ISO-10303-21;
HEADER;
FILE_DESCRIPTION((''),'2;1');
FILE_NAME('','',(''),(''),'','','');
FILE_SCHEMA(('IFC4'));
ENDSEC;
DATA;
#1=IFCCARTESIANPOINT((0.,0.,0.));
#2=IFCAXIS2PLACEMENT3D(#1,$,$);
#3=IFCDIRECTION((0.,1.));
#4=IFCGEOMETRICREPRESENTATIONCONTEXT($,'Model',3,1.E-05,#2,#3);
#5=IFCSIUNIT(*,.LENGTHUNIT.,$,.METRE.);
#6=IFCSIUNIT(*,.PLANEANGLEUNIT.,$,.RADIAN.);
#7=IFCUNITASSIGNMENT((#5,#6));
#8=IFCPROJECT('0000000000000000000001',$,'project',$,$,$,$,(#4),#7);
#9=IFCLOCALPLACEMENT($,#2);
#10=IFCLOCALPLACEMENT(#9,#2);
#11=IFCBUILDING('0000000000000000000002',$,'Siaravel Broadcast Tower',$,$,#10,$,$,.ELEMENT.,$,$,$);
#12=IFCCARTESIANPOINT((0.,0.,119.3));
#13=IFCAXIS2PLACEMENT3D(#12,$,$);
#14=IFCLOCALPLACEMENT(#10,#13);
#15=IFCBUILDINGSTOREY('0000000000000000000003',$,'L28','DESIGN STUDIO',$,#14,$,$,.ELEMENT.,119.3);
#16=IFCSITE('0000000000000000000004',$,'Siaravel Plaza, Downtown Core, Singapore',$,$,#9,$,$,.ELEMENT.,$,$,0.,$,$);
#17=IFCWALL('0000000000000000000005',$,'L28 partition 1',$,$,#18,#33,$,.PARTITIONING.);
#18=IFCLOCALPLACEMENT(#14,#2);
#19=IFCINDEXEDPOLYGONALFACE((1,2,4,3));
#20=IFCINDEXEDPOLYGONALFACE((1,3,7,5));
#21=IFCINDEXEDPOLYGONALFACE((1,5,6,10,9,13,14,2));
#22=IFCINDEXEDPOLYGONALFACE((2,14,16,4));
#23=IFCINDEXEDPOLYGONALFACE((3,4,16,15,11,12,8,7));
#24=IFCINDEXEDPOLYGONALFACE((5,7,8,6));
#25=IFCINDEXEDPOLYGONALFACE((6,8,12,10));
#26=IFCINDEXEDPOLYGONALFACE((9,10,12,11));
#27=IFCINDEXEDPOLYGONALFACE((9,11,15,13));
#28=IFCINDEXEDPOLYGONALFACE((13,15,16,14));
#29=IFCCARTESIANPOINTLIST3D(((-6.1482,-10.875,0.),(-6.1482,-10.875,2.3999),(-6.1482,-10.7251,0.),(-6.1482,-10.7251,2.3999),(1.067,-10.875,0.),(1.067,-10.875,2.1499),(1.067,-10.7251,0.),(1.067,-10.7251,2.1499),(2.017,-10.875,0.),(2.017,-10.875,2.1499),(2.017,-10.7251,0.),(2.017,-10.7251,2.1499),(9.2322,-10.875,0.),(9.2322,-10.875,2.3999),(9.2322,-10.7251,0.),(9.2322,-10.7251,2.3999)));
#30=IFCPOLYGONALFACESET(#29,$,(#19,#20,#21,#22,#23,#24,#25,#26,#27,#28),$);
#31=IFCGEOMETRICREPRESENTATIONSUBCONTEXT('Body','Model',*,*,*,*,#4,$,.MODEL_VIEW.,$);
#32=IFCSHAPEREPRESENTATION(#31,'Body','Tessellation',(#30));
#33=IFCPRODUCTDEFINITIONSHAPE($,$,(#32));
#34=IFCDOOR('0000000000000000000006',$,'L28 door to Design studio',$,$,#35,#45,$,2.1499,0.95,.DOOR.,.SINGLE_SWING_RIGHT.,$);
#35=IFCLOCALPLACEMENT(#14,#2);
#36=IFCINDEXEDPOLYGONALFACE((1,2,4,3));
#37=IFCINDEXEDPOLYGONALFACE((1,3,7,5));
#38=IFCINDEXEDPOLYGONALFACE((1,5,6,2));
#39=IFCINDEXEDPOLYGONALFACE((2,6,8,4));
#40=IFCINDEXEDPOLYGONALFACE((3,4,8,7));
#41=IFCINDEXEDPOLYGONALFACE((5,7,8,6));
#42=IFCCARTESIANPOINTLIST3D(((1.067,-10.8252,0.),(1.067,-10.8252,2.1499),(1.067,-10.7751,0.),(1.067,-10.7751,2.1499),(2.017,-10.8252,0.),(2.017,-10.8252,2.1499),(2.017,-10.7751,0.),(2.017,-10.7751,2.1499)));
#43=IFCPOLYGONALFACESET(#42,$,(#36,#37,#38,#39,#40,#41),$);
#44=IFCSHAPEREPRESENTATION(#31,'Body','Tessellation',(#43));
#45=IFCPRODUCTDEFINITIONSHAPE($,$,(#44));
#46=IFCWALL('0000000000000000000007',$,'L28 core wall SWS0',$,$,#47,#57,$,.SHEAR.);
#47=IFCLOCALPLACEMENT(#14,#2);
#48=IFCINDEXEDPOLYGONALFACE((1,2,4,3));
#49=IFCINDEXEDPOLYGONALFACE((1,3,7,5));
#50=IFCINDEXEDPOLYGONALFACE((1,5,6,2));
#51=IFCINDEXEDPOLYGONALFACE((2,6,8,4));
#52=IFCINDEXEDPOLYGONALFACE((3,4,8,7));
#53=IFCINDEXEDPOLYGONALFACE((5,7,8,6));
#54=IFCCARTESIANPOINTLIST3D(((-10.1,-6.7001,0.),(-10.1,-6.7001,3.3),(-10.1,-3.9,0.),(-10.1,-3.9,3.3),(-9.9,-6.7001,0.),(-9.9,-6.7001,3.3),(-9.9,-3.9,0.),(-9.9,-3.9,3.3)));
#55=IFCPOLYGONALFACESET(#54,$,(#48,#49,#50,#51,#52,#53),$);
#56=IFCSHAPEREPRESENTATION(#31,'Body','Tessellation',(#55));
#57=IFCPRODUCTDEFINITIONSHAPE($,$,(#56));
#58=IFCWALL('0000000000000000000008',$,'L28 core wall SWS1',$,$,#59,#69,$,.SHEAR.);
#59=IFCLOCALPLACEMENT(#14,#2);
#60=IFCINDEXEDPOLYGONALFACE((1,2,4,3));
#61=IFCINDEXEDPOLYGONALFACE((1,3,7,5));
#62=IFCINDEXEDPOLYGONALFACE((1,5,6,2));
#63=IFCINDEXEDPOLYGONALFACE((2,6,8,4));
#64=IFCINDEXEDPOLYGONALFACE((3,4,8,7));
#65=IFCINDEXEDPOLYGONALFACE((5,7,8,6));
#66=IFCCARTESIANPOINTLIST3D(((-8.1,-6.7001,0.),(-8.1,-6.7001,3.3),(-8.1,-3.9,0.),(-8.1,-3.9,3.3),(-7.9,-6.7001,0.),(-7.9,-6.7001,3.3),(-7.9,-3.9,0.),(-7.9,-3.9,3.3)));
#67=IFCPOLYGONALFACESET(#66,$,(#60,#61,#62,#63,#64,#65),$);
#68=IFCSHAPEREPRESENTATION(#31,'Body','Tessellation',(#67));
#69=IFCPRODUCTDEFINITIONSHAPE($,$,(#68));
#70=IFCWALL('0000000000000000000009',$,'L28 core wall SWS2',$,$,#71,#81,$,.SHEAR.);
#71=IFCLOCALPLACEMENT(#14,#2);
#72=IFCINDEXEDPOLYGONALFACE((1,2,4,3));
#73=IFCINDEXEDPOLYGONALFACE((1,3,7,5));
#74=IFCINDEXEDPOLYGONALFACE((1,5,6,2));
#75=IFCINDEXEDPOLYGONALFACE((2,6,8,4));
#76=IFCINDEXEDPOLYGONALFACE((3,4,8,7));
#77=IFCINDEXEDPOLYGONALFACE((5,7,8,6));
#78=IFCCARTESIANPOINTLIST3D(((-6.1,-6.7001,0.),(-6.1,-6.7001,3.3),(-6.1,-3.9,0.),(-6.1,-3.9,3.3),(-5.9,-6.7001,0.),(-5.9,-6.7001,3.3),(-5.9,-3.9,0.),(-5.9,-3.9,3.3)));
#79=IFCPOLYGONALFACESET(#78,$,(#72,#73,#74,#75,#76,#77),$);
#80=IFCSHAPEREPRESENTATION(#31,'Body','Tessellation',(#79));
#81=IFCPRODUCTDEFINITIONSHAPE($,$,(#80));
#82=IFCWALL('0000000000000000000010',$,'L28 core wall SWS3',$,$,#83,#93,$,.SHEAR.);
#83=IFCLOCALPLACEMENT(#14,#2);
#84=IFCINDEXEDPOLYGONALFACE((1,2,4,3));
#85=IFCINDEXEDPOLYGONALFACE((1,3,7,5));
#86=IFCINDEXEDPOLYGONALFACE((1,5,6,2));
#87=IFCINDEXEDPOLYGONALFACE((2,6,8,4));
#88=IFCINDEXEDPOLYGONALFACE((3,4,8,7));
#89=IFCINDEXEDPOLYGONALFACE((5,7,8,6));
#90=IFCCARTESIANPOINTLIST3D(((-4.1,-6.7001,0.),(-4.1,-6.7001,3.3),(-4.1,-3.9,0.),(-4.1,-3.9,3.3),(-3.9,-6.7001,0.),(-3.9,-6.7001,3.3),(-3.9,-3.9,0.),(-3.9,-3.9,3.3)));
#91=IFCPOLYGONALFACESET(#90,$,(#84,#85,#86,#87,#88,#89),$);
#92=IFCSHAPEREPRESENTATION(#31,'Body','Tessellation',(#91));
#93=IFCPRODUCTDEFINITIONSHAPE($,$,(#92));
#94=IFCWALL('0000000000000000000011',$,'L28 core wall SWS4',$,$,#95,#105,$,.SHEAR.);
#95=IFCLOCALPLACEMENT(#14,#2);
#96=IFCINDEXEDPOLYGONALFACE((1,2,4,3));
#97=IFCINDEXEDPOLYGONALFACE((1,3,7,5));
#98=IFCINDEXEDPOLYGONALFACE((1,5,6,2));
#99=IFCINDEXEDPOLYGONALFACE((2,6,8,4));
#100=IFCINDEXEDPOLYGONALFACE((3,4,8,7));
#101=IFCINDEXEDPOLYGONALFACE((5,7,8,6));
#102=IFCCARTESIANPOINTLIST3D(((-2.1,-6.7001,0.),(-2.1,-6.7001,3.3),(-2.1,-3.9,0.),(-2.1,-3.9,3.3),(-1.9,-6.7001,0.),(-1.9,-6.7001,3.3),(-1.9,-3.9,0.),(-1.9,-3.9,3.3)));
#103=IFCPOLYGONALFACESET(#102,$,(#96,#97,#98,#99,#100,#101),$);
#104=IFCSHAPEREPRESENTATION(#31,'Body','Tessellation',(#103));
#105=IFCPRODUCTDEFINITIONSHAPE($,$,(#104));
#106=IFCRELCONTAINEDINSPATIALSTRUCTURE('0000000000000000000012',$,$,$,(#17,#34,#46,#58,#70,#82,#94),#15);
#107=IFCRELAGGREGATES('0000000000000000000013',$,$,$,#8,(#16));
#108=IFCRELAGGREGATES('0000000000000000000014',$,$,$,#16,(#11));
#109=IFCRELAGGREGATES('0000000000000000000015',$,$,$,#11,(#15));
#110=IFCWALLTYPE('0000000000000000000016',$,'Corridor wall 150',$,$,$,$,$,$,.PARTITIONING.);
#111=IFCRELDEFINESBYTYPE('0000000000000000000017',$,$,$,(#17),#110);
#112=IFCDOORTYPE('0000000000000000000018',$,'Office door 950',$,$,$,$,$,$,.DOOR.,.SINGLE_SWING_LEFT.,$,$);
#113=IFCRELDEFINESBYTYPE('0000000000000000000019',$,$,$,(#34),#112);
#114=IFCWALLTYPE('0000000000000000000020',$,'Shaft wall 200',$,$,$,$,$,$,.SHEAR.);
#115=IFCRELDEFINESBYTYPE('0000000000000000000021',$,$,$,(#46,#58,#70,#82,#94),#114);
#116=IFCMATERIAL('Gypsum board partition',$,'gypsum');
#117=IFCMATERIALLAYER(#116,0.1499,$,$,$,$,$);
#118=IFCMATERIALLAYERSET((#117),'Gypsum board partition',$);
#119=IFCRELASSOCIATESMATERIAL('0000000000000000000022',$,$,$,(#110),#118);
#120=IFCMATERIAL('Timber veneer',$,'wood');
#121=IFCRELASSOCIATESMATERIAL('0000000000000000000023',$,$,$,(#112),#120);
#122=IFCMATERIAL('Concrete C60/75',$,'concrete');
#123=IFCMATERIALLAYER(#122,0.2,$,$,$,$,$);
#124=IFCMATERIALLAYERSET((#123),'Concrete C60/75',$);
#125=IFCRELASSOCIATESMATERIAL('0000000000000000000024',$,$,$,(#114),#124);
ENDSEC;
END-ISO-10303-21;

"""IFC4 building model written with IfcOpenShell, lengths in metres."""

from ifc_helpers import new_model, si_unit, direction, frame, frame_2d, origin, place, context, subcontext, project, spatial, rectangle, extrude, material, layer, layer_set, type_object, element, fill, save


model = new_model("IFC4")

# Units and contexts
model_context = context("Model", 3, precision=1e-05, world=origin(), true_north=direction((0.0, 1.0)))
body_context = subcontext(model_context, "Body", "Model", "MODEL_VIEW")
ifc_project = project(units=[si_unit("LENGTHUNIT", "METRE"), si_unit("PLANEANGLEUNIT", "RADIAN")], contexts=[model_context])

# Site, building, storey
site_placement = place(None, origin())
site = spatial("IfcSite", under=ifc_project, at=site_placement, Name="Siaravel Plaza, Downtown Core, Singapore", CompositionType="ELEMENT", RefElevation=0.0)
building_placement = place(site_placement, origin())
building = spatial("IfcBuilding", under=site, at=building_placement, Name="Siaravel Broadcast Tower", CompositionType="ELEMENT")
storey_placement = place(building_placement, frame((0.0, 0.0, 119.3)))
storey = spatial("IfcBuildingStorey", under=building, at=storey_placement, Name="L28", Description="DESIGN STUDIO", CompositionType="ELEMENT", Elevation=119.3)

# Shared definitions
ifc_material_1 = material(Name="Concrete C60/75", Category="concrete")

# Wall, opening, door
ifc_material_2 = material(Name="Gypsum board partition", Category="gypsum")
ifc_layer_1 = layer(ifc_material_2, 0.1499)
ifc_layer_set_1 = layer_set([ifc_layer_1], Name="Gypsum board partition")
wall_type_1 = type_object("IfcWallType", Name="Corridor wall 150", PredefinedType="PARTITIONING", material=ifc_layer_set_1)
wall_1_placement = place(storey_placement, frame((-6.1482, -10.8, 0.0), z_axis=(0.0, 0.0, 1.0), x_axis=(1.0, 0.0, 0.0)))
wall_1 = element("IfcWall", 1, at=wall_1_placement, inside=storey, type_object=wall_type_1, Name="L28 partition 1", PredefinedType="PARTITIONING", context=body_context, shape_type="SweptSolid", body=[
    extrude(rectangle(XDim=15.3804, YDim=0.1499, at=frame_2d((7.6902, 0.0))), origin(), (0.0, 0.0, 1.0), 2.3999),
])
opening_1_placement = place(wall_1_placement, frame((7.2151, 0.0, 0.0)))
opening_1 = element("IfcOpeningElement", 2, at=opening_1_placement, cuts=wall_1, PredefinedType="OPENING", context=body_context, shape_type="SweptSolid", body=[
    extrude(rectangle(XDim=0.95, YDim=2.1499, at=frame_2d((0.4751, 1.075))), frame((0.0, 0.085, 0.0), z_axis=(0.0, -1.0, 0.0), x_axis=(1.0, 0.0, 0.0)), (0.0, 0.0, 1.0), 0.1699),
])
ifc_material_3 = material(Name="Timber veneer", Category="wood")
door_type_1 = type_object("IfcDoorType", Name="Office door 950", OperationType="SINGLE_SWING_LEFT", PredefinedType="DOOR", material=ifc_material_3)
door_1_placement = place(opening_1_placement, origin())
door_1 = element("IfcDoor", 3, at=door_1_placement, inside=storey, type_object=door_type_1, Name="L28 door to Design studio", OperationType="SINGLE_SWING_RIGHT", OverallHeight=2.1499, OverallWidth=0.95, PredefinedType="DOOR", context=body_context, shape_type="SweptSolid", body=[
    extrude(rectangle(XDim=0.95, YDim=2.1499, at=frame_2d((0.4751, 1.075))), frame((0.0, 0.0249, 0.0), z_axis=(0.0, -1.0, 0.0), x_axis=(1.0, 0.0, 0.0)), (0.0, 0.0, 1.0), 0.05),
])
fill(opening_1, door_1)

# Walls
ifc_layer_2 = layer(ifc_material_1, 0.2)
ifc_layer_set_2 = layer_set([ifc_layer_2], Name="Concrete C60/75")
wall_type_2 = type_object("IfcWallType", Name="Shaft wall 200", PredefinedType="SHEAR", material=ifc_layer_set_2)
for number, where, z_axis, x_axis, name in (
    (4, (-10.0, -6.7, 0.0), (0.0, 0.0, 1.0), (0.0, 1.0, 0.0), "L28 core wall SWS0"),
    (5, (-8.0, -6.7, 0.0), (0.0, 0.0, 1.0), (0.0, 1.0, 0.0), "L28 core wall SWS1"),
    (6, (-6.0, -6.7, 0.0), (0.0, 0.0, 1.0), (0.0, 1.0, 0.0), "L28 core wall SWS2"),
    (7, (-4.0, -6.7, 0.0), (0.0, 0.0, 1.0), (0.0, 1.0, 0.0), "L28 core wall SWS3"),
    (8, (-2.0, -6.7, 0.0), (0.0, 0.0, 1.0), (0.0, 1.0, 0.0), "L28 core wall SWS4"),
):
    element("IfcWall", number, at=place(storey_placement, frame(where, z_axis=z_axis, x_axis=x_axis)), inside=storey, type_object=wall_type_2, Name=name, PredefinedType="SHEAR", context=body_context, shape_type="SweptSolid", body=[
        extrude(rectangle(XDim=2.8, YDim=0.2, at=frame_2d((1.3999, 0.0))), origin(), (0.0, 0.0, 1.0), 3.3),
    ])

save(model, "model.ifc")
